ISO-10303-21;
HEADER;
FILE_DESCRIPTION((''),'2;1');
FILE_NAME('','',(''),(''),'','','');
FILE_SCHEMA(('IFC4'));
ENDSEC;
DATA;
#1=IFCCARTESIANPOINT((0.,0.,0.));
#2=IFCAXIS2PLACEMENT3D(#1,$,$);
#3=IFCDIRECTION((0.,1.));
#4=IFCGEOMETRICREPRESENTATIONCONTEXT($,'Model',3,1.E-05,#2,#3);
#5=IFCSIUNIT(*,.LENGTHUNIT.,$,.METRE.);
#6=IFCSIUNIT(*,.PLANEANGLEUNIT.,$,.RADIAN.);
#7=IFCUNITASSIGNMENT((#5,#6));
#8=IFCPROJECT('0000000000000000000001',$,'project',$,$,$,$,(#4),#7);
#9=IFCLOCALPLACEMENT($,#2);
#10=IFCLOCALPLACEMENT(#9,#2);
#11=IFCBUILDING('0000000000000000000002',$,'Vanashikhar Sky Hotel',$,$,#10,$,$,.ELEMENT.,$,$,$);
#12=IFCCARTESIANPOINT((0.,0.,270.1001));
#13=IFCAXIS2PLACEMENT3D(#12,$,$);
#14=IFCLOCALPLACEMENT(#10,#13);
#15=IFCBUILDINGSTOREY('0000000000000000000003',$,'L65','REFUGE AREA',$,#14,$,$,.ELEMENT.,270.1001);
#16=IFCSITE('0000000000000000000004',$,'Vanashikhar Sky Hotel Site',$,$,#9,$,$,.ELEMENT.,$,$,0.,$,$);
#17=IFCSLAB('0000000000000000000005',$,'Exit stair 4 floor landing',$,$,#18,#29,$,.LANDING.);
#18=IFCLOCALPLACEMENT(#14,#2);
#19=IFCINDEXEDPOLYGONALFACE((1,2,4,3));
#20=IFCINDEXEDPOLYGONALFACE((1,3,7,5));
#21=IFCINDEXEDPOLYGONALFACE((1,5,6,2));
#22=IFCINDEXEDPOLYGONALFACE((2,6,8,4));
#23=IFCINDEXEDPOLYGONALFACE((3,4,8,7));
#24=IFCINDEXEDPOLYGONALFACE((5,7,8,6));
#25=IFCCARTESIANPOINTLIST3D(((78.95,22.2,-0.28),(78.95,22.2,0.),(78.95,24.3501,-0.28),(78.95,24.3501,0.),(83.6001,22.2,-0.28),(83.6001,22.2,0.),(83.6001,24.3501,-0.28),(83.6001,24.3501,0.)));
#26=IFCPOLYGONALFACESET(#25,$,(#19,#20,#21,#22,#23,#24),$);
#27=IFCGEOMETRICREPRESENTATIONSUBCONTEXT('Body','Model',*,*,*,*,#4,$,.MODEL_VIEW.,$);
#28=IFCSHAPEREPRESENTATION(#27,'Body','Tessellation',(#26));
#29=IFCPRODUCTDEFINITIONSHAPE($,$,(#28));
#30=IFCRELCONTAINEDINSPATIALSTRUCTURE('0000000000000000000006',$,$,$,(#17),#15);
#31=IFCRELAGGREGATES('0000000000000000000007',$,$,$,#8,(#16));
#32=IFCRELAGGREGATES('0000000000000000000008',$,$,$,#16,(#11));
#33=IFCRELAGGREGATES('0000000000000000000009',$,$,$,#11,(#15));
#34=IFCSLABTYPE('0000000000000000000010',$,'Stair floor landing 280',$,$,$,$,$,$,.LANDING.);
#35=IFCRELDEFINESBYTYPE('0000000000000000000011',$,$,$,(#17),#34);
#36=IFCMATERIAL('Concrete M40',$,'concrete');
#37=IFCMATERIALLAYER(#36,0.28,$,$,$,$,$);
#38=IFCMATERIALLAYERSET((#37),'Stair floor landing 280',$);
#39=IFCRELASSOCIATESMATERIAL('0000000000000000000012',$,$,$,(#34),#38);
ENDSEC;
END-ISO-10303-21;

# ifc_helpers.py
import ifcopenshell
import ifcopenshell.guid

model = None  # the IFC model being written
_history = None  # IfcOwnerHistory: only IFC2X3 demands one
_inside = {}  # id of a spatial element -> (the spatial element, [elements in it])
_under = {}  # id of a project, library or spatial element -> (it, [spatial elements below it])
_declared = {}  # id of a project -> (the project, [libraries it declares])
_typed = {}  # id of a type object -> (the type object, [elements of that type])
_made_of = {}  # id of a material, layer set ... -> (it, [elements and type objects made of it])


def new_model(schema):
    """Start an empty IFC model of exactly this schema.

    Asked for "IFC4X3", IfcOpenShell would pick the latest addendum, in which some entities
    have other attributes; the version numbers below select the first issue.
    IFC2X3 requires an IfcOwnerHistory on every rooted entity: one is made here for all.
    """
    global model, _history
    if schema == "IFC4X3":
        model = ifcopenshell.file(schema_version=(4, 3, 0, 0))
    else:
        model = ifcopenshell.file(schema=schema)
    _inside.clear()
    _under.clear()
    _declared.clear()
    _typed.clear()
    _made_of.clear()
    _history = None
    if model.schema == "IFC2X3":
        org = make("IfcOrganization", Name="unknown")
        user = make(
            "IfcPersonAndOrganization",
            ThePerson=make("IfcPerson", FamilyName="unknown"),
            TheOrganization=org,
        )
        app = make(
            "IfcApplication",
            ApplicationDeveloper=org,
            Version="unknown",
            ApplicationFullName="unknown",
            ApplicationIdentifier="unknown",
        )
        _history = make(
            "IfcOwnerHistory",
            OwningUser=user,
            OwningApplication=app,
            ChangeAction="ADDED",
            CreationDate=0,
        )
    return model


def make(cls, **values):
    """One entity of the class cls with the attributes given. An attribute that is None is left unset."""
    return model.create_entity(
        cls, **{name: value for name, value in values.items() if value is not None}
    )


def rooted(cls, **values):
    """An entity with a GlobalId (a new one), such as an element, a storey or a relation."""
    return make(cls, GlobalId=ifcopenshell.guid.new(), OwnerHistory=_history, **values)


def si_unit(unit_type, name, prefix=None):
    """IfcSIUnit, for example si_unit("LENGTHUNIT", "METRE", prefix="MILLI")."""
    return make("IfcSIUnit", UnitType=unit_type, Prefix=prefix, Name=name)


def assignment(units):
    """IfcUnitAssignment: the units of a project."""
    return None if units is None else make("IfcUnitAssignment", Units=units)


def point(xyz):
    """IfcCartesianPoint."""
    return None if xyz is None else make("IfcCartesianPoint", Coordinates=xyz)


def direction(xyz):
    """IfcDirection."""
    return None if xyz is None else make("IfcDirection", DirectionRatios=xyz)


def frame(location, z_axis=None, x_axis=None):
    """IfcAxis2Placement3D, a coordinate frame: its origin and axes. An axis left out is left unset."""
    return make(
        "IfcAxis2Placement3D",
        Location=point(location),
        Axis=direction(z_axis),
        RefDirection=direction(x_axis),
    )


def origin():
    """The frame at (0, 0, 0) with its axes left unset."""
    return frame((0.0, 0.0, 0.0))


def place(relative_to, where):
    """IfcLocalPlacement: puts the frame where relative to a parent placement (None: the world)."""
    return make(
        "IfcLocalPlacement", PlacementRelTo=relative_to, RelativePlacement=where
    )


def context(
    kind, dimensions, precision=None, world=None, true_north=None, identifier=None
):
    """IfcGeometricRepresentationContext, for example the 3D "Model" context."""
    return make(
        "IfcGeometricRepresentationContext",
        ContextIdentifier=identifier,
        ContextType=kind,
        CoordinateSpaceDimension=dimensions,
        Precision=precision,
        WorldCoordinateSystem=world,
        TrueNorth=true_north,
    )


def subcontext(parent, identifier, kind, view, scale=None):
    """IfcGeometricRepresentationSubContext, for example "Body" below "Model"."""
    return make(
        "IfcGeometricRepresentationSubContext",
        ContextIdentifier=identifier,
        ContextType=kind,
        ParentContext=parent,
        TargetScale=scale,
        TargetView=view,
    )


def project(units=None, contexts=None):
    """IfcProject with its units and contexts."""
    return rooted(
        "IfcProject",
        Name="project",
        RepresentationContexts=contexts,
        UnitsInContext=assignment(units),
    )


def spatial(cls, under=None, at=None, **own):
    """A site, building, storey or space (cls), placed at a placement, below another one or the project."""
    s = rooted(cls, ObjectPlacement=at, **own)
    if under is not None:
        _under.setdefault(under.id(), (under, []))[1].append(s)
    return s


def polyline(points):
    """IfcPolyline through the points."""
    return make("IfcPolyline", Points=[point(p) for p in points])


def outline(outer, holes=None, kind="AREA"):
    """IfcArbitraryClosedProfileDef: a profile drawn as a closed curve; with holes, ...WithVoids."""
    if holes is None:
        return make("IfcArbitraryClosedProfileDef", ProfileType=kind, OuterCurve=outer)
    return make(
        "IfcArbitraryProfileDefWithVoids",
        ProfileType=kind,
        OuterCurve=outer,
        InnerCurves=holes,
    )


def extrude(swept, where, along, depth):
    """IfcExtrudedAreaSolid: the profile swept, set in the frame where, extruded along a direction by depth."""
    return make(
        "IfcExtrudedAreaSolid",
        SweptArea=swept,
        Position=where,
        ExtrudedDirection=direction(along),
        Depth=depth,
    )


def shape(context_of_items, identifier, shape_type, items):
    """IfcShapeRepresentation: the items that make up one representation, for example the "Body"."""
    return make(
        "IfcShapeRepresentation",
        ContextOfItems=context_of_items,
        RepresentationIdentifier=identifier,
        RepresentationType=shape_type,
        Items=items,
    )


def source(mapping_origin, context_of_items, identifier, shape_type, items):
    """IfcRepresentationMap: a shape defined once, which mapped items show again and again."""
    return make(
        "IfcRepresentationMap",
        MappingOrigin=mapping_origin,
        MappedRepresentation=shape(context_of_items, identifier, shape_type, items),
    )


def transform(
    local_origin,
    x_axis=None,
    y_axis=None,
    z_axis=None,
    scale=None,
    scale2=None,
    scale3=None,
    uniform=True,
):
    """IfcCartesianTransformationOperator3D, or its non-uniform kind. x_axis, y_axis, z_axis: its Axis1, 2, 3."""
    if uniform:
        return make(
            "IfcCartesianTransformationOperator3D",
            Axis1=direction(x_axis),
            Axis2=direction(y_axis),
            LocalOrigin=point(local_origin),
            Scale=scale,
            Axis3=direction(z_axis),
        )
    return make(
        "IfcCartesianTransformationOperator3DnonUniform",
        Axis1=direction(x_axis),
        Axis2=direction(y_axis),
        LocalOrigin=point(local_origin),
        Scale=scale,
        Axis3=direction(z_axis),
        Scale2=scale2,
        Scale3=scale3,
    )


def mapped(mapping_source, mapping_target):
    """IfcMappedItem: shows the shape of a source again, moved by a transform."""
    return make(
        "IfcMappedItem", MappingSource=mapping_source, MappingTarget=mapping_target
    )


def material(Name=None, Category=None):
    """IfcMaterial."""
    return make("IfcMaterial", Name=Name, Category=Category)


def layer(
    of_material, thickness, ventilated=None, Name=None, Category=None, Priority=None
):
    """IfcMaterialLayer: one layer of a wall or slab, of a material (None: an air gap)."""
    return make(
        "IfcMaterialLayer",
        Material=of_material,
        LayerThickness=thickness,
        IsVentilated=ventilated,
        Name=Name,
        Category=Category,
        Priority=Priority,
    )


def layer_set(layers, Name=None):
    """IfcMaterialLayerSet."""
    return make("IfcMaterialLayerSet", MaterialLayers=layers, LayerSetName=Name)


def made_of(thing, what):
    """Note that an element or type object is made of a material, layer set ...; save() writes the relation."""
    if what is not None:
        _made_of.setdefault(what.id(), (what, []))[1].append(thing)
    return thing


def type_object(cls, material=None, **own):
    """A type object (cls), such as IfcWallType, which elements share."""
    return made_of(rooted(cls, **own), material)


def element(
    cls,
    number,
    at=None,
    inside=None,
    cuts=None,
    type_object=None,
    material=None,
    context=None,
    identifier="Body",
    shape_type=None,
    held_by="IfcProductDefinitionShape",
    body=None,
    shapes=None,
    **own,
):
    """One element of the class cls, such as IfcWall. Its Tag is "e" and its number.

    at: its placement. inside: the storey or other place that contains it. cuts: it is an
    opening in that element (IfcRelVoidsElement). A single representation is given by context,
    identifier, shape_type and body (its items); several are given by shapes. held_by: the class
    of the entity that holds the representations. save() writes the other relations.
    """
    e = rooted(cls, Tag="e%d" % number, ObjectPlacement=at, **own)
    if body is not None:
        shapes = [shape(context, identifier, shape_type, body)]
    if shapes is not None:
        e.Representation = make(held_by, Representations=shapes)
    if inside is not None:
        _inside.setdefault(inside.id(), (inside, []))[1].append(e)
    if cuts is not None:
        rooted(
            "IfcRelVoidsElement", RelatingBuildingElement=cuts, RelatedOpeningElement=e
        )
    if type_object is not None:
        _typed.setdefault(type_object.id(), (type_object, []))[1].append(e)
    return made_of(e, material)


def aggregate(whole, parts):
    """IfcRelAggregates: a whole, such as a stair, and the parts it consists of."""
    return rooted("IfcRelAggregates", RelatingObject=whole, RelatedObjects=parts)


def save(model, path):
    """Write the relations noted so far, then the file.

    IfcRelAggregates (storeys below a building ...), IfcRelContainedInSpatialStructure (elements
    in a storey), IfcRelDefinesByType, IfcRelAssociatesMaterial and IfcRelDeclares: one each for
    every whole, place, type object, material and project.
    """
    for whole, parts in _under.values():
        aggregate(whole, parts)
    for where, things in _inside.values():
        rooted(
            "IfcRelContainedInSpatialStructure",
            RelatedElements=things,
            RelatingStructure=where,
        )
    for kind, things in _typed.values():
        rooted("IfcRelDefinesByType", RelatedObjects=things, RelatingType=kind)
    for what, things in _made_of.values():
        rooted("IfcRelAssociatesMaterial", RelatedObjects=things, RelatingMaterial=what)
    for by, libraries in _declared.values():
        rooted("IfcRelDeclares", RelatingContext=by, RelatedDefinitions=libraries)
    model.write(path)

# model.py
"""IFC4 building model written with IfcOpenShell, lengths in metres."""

from ifc_helpers import new_model, si_unit, direction, frame, origin, place, context, subcontext, project, spatial, polyline, outline, extrude, source, transform, mapped, material, layer, layer_set, type_object, element, save


model = new_model("IFC4")

# Units and contexts
model_context = context("Model", 3, precision=1e-05, world=origin(), true_north=direction((0.0, 1.0)))
body_context = subcontext(model_context, "Body", "Model", "MODEL_VIEW")
ifc_project = project(units=[si_unit("LENGTHUNIT", "METRE"), si_unit("PLANEANGLEUNIT", "RADIAN")], contexts=[model_context])

# Site, building, storey
site_placement = place(None, origin())
site = spatial("IfcSite", under=ifc_project, at=site_placement, Name="Vanashikhar Sky Hotel Site", CompositionType="ELEMENT", RefElevation=0.0)
building_placement = place(site_placement, origin())
building = spatial("IfcBuilding", under=site, at=building_placement, Name="Vanashikhar Sky Hotel", CompositionType="ELEMENT")
storey_placement = place(building_placement, frame((0.0, 0.0, 270.1001)))
storey = spatial("IfcBuildingStorey", under=building, at=storey_placement, Name="L65", Description="REFUGE AREA", CompositionType="ELEMENT", Elevation=270.1001)

# Shared definitions
ifc_material = material(Name="Concrete M40", Category="concrete")

# Shared definitions
ifc_layer_1 = layer(ifc_material, 0.28)
ifc_layer_set_1 = layer_set([ifc_layer_1], Name="Stair floor landing 280")
slab_type_1 = type_object("IfcSlabType", Name="Stair floor landing 280", PredefinedType="LANDING", material=ifc_layer_set_1)

# Slab
shared_shape_1 = source(origin(), body_context, "Body", "SweptSolid", [
    extrude(outline(polyline([(83.6001, 22.2), (83.6001, 24.3501), (78.95, 24.3501), (78.95, 22.2), (83.6001, 22.2)])), origin(), (0.0, 0.0, 1.0), 0.28),
])
slab_1_placement = place(storey_placement, frame((0.0, 0.0, -0.28)))
element("IfcSlab", 1, at=slab_1_placement, inside=storey, type_object=slab_type_1, Name="Exit stair 4 floor landing", PredefinedType="LANDING", context=body_context, shape_type="MappedRepresentation", body=[
    mapped(shared_shape_1, transform((0.0, 0.0, 0.0), scale=1.0)),
])

save(model, "model.ifc")
